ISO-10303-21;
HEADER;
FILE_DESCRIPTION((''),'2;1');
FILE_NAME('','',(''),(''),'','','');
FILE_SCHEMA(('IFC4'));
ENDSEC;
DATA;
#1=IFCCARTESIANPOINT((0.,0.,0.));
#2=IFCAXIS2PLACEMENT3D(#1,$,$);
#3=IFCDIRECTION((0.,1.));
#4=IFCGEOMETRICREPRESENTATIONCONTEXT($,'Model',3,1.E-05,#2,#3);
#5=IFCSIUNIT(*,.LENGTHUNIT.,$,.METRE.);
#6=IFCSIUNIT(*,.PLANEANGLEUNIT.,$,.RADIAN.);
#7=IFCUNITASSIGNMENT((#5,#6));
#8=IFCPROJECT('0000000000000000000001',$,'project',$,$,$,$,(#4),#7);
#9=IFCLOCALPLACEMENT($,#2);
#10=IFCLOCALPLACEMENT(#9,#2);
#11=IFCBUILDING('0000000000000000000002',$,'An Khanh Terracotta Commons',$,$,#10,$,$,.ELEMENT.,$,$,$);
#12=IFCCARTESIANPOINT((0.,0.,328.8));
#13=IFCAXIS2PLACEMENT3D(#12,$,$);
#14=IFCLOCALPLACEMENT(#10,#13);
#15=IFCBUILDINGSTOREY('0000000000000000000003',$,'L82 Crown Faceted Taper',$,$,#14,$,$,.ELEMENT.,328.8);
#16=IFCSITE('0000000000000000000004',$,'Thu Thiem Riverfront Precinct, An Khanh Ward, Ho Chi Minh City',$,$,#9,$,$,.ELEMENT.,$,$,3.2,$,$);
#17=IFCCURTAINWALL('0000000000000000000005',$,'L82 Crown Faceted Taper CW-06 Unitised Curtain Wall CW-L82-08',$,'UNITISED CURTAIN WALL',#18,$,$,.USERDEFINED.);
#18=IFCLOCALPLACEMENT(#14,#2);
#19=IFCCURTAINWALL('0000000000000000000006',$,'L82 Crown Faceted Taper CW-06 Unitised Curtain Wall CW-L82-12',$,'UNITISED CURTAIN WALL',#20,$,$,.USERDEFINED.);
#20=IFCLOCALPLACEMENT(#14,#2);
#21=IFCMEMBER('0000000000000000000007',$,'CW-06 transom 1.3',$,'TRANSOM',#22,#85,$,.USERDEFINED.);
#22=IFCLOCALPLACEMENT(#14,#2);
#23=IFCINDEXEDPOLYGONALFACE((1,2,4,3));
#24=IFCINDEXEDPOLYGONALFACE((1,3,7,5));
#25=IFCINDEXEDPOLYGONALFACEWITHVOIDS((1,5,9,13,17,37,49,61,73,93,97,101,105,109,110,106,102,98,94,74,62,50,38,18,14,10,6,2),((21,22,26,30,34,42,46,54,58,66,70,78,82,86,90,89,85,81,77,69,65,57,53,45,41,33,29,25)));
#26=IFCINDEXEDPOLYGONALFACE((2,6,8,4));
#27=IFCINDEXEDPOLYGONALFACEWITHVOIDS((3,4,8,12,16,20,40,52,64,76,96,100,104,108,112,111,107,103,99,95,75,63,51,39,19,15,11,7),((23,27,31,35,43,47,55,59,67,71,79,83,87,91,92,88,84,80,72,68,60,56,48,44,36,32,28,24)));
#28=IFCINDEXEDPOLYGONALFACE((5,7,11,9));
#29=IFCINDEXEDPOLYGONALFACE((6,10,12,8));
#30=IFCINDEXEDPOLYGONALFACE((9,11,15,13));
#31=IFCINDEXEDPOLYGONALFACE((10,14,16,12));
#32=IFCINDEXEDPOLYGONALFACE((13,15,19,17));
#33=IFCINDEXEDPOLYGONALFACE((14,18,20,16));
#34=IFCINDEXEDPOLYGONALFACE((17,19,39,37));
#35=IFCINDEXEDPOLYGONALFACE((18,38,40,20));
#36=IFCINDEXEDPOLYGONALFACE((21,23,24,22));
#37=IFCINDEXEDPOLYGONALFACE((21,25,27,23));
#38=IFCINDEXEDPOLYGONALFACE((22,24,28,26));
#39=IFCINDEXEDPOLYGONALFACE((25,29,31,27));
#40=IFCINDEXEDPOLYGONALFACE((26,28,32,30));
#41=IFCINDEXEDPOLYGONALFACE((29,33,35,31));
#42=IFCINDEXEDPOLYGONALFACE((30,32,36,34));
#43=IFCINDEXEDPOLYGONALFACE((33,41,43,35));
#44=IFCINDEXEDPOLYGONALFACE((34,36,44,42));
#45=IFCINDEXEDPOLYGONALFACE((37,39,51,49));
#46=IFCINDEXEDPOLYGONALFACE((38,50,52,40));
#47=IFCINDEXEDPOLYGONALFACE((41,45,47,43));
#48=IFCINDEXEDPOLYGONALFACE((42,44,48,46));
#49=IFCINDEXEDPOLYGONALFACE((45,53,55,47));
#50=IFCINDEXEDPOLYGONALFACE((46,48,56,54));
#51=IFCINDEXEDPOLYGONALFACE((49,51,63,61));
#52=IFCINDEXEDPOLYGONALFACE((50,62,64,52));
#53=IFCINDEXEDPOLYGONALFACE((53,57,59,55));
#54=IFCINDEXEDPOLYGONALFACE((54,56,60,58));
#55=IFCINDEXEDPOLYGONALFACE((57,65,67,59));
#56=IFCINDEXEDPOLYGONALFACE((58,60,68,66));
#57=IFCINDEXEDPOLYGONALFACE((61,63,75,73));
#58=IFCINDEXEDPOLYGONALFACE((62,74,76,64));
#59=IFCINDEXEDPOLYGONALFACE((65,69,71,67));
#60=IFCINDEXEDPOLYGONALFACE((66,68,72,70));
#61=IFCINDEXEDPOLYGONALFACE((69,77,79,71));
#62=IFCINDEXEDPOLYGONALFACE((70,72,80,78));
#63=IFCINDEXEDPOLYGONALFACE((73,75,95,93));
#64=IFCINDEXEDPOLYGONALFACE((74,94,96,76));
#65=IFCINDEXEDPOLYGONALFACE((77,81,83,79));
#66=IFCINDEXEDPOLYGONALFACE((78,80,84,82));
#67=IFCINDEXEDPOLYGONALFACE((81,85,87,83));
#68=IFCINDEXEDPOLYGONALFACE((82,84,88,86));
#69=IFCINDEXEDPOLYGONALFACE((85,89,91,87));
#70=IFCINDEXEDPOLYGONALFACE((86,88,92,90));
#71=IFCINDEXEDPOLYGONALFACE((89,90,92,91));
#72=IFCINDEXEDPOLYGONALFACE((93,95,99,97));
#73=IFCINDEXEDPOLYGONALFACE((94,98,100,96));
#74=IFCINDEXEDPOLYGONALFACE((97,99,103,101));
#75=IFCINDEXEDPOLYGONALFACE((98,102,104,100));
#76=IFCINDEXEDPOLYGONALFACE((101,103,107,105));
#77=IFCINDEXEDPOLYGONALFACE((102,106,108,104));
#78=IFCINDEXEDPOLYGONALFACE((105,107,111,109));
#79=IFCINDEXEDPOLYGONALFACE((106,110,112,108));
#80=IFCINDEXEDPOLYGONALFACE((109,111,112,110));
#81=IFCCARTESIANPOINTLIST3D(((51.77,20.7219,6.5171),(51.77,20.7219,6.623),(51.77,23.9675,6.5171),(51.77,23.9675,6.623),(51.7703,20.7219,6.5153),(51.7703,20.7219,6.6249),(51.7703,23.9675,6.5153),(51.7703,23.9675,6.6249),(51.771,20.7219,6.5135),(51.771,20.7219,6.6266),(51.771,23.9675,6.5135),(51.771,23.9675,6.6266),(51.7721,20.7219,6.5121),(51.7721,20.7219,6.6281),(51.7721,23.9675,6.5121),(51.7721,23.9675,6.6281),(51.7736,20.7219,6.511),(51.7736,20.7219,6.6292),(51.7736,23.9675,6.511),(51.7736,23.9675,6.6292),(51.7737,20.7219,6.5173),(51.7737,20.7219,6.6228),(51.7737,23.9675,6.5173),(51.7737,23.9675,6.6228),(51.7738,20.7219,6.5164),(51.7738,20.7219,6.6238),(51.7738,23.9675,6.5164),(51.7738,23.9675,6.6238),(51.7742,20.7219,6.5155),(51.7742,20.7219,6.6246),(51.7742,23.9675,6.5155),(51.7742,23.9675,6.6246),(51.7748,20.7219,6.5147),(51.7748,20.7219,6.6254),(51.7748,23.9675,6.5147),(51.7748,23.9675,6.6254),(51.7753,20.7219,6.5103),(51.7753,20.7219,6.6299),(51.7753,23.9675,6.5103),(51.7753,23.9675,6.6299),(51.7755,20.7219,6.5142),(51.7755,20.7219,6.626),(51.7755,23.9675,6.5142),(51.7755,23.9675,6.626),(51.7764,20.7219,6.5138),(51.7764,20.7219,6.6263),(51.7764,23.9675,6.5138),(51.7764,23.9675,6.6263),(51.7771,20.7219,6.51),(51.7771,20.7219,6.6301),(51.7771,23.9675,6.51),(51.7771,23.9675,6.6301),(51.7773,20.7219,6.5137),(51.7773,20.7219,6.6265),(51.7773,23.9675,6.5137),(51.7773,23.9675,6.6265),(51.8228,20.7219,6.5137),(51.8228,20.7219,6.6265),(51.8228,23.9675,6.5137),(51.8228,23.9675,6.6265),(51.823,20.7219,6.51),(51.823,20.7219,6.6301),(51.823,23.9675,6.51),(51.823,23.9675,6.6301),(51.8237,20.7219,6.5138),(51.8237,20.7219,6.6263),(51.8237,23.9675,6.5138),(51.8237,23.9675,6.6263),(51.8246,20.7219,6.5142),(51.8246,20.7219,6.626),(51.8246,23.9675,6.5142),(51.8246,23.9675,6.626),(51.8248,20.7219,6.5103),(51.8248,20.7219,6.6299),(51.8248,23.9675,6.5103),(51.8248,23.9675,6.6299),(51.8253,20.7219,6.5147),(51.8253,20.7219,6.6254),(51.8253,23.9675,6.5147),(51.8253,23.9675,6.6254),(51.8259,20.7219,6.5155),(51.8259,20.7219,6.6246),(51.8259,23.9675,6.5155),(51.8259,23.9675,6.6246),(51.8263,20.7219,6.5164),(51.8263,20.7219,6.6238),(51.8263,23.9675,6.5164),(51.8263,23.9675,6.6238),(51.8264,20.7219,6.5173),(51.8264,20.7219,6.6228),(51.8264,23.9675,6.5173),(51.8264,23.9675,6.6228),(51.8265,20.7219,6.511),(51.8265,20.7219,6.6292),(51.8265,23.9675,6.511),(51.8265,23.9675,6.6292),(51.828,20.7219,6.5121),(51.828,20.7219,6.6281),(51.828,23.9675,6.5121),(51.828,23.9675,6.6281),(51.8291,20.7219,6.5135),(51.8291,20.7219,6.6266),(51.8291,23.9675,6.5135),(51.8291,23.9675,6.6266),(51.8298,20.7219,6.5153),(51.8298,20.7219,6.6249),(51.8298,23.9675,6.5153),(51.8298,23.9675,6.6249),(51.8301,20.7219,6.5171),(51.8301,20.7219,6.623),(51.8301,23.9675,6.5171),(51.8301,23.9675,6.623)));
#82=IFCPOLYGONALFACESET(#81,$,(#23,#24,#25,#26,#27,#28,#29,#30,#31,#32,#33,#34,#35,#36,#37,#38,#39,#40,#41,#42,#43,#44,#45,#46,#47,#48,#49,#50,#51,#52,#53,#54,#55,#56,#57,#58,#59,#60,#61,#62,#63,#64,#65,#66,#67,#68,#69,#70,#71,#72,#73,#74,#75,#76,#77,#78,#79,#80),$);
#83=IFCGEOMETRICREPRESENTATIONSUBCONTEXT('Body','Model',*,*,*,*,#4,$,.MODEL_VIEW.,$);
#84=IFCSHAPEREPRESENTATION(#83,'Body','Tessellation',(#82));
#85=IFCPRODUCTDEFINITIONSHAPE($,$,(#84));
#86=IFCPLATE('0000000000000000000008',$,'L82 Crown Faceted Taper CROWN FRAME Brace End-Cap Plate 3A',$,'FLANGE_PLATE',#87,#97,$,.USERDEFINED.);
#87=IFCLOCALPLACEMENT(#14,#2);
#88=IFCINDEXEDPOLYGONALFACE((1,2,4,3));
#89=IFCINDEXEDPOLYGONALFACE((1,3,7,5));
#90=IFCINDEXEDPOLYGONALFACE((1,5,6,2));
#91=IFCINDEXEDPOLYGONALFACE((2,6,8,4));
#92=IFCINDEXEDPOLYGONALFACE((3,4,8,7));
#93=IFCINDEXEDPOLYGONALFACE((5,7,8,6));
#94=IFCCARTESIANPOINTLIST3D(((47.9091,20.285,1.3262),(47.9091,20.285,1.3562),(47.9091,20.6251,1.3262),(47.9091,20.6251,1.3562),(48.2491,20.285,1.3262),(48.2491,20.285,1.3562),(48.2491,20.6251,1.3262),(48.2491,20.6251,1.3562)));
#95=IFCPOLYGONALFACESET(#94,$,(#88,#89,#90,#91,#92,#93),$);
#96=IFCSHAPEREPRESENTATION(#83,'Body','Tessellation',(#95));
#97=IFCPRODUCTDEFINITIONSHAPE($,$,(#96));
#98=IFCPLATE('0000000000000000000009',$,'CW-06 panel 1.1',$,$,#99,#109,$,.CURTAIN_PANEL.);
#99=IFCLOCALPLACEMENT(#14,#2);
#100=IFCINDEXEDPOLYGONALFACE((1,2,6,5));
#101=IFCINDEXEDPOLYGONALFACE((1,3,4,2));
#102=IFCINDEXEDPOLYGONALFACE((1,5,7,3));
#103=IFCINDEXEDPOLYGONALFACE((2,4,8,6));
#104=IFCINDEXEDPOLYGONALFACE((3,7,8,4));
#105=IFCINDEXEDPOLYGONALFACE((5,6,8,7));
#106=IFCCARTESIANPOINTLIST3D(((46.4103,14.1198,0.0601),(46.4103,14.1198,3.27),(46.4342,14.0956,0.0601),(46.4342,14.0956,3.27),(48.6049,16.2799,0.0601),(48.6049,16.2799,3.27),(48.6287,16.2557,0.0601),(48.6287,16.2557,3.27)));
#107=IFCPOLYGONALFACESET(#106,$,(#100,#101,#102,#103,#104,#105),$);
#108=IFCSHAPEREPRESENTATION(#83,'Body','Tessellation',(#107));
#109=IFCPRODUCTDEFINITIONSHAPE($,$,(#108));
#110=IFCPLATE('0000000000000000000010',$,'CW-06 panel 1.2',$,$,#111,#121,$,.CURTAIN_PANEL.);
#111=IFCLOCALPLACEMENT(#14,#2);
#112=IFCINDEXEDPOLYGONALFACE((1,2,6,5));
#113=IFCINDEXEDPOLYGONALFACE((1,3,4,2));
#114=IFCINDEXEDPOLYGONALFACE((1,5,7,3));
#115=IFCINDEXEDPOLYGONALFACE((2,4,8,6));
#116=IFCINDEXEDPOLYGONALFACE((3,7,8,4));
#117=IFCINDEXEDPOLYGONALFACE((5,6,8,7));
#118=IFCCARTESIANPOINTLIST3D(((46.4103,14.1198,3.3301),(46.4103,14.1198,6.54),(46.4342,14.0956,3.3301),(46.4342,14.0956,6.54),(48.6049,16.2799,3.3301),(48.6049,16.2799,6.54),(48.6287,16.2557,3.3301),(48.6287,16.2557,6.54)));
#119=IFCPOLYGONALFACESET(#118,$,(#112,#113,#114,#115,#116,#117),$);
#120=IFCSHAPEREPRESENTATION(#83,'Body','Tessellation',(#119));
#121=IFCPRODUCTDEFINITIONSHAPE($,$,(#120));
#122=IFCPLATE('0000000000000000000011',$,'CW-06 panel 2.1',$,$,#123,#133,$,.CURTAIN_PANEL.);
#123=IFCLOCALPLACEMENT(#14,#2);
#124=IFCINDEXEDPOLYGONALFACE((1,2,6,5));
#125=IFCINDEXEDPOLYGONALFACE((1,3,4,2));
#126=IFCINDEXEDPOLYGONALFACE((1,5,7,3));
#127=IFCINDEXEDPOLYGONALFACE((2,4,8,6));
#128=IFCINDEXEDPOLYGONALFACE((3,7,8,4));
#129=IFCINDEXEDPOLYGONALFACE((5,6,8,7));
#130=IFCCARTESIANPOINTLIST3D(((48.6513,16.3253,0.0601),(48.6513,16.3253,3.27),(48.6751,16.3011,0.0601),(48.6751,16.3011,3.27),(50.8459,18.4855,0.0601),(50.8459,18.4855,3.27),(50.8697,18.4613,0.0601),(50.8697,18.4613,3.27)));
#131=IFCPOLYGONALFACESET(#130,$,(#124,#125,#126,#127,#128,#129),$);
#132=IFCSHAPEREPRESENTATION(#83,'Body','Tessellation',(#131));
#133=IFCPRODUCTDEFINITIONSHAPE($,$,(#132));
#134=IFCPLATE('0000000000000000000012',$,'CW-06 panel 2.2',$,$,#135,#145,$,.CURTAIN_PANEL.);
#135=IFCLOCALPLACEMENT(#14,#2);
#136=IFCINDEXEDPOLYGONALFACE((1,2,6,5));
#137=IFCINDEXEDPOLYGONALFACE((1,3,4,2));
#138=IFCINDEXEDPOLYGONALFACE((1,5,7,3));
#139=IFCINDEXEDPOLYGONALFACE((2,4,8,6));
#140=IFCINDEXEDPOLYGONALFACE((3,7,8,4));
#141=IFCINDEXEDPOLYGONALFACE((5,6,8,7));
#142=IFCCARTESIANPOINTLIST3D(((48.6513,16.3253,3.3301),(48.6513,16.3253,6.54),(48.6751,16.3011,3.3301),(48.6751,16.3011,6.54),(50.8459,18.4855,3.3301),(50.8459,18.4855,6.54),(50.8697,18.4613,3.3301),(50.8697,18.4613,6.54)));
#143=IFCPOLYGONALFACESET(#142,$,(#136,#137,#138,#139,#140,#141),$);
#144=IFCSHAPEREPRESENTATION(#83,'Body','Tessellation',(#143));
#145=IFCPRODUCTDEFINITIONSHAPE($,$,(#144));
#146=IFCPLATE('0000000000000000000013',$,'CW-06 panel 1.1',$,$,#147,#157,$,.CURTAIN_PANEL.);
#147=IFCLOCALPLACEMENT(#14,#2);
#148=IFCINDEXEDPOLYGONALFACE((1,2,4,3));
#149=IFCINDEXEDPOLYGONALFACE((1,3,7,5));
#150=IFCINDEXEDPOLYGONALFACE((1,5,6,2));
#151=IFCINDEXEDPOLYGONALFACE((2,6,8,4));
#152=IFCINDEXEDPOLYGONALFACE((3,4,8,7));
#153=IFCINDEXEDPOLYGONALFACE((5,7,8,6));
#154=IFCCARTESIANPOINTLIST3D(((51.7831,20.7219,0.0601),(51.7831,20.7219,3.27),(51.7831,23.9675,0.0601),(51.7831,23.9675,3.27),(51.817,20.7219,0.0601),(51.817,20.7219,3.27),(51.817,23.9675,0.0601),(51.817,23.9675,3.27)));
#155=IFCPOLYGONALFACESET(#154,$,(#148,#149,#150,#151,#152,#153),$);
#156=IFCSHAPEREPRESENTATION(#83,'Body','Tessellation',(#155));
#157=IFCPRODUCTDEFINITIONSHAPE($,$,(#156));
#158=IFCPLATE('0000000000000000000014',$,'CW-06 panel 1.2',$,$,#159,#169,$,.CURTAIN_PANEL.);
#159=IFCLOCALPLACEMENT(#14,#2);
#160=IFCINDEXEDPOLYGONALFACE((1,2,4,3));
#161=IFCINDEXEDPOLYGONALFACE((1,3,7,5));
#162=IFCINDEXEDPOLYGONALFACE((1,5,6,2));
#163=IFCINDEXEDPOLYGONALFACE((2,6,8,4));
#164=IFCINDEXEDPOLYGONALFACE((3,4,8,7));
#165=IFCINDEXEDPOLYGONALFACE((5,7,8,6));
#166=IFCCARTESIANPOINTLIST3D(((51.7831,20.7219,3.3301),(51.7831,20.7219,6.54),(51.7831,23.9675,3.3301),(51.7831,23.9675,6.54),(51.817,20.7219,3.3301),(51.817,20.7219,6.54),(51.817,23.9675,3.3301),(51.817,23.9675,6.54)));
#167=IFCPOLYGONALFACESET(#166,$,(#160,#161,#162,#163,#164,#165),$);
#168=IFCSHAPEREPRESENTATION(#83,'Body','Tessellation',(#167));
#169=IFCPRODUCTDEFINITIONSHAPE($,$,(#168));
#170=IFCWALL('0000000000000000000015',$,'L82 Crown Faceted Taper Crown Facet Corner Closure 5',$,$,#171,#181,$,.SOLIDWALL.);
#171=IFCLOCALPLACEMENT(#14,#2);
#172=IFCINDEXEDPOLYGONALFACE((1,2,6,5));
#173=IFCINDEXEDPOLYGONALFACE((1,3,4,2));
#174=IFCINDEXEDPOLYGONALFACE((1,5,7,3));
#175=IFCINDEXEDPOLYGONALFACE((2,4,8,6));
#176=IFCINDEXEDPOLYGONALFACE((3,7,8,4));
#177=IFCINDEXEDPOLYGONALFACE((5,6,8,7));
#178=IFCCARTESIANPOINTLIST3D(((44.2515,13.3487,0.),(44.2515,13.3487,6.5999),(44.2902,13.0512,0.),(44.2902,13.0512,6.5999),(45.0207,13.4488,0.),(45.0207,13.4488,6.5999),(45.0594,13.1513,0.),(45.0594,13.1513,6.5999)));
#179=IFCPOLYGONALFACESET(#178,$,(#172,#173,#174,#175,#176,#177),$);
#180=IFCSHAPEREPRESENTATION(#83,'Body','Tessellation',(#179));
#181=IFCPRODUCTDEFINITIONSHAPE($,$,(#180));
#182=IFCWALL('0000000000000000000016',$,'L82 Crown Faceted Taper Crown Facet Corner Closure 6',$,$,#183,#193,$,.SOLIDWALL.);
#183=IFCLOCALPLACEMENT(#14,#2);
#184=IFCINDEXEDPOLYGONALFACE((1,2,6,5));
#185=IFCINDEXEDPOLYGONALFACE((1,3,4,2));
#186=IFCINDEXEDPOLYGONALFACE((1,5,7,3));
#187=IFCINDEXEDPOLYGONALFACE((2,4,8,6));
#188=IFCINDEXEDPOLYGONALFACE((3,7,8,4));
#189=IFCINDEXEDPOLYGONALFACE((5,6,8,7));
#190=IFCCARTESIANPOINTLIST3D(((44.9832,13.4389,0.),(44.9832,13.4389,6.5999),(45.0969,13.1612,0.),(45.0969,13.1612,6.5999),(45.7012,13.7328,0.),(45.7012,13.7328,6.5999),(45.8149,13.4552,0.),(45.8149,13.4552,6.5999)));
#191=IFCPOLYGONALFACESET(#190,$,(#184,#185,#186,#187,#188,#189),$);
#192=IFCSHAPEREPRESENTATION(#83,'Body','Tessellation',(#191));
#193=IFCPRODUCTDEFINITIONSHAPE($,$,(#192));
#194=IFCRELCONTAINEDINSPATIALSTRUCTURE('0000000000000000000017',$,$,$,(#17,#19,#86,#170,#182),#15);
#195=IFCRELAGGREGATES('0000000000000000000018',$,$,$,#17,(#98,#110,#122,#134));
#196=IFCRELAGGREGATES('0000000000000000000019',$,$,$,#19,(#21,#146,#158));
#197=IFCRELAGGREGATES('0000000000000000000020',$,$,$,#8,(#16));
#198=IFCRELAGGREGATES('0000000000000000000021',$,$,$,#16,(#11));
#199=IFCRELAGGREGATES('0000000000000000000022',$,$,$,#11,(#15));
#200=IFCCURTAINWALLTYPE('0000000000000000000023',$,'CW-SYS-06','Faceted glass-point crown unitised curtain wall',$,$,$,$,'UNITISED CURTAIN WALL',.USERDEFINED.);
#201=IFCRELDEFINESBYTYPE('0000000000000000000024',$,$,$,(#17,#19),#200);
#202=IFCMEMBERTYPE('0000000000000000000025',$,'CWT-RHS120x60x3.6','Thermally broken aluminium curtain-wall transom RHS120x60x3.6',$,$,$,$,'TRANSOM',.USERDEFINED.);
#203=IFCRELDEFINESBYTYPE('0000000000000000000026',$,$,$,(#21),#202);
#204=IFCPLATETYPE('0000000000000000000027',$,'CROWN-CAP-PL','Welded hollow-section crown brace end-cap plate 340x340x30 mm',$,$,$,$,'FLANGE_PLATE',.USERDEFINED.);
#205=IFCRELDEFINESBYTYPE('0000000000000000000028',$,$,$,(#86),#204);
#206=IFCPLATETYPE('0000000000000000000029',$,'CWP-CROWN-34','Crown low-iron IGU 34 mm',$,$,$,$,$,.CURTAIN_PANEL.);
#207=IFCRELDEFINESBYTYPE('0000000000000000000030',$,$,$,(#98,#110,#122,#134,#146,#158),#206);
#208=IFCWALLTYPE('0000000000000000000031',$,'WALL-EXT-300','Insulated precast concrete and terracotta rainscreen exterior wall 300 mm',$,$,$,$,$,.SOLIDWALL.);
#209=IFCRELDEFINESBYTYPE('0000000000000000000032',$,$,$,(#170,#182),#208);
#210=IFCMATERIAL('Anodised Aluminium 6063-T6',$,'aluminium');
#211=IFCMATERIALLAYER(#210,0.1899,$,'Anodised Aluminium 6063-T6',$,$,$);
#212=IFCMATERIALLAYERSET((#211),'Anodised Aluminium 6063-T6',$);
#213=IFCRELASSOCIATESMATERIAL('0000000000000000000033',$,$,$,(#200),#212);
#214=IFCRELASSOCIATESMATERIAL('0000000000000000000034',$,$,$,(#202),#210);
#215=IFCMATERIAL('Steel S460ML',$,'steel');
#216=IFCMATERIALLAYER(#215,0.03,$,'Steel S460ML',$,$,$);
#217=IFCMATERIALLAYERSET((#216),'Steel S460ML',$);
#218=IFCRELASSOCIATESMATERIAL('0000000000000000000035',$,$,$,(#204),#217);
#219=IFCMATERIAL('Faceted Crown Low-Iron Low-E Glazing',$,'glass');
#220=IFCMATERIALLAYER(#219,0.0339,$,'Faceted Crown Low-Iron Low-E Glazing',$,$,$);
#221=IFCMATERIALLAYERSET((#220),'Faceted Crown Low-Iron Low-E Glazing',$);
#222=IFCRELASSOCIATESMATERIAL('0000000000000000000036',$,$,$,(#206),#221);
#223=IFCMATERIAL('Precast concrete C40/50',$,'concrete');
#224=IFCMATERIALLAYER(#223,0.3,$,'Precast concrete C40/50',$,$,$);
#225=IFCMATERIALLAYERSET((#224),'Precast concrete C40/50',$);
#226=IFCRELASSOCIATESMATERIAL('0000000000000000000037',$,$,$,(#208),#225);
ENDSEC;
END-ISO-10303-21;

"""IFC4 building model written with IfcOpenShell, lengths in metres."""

from ifc_helpers import new_model, si_unit, direction, frame, frame_2d, origin, origin_2d, place, context, subcontext, project, spatial, rectangle, hollow_rectangle, extrude, material, layer, layer_set, material_profile, profile_set, type_object, element, aggregate, save


model = new_model("IFC4")

# Units and contexts
model_context = context("Model", 3, precision=1e-05, world=origin(), true_north=direction((0.0, 1.0)))
body_context = subcontext(model_context, "Body", "Model", "MODEL_VIEW")
ifc_project = project(units=[si_unit("LENGTHUNIT", "METRE"), si_unit("PLANEANGLEUNIT", "RADIAN")], contexts=[model_context])

# Site, building, storey
site_placement = place(None, origin())
site = spatial("IfcSite", under=ifc_project, at=site_placement, Name="Thu Thiem Riverfront Precinct, An Khanh Ward, Ho Chi Minh City", CompositionType="ELEMENT", RefElevation=3.2)
building_placement = place(site_placement, origin())
building = spatial("IfcBuilding", under=site, at=building_placement, Name="An Khanh Terracotta Commons", CompositionType="ELEMENT")
storey_placement = place(building_placement, frame((0.0, 0.0, 328.8)))
storey = spatial("IfcBuildingStorey", under=building, at=storey_placement, Name="L82 Crown Faceted Taper", CompositionType="ELEMENT", Elevation=328.8)

# Shared definitions
ifc_material_1 = material(Name="Steel S460ML", Category="steel")

# Shared definitions
ifc_material_2 = material(Name="Anodised Aluminium 6063-T6", Category="aluminium")
ifc_layer_1 = layer(ifc_material_2, 0.1899, Name="Anodised Aluminium 6063-T6")
ifc_layer_set_1 = layer_set([ifc_layer_1], Name="Anodised Aluminium 6063-T6")
curtain_wall_type = type_object("IfcCurtainWallType", Name="CW-SYS-06", Description="Faceted glass-point crown unitised curtain wall", ElementType="UNITISED CURTAIN WALL", PredefinedType="USERDEFINED", material=ifc_layer_set_1)

# Curtain wall
curtain_wall_1_placement = place(storey_placement, origin())
curtain_wall_1 = element("IfcCurtainWall", 1, at=curtain_wall_1_placement, inside=storey, type_object=curtain_wall_type, Name="L82 Crown Faceted Taper CW-06 Unitised Curtain Wall CW-L82-08", ObjectType="UNITISED CURTAIN WALL", PredefinedType="USERDEFINED")

# Curtain wall
curtain_wall_2_placement = place(storey_placement, origin())
curtain_wall_2 = element("IfcCurtainWall", 2, at=curtain_wall_2_placement, inside=storey, type_object=curtain_wall_type, Name="L82 Crown Faceted Taper CW-06 Unitised Curtain Wall CW-L82-12", ObjectType="UNITISED CURTAIN WALL", PredefinedType="USERDEFINED")

# Member
ifc_material_profile_1 = material_profile(ifc_material_2, hollow_rectangle(XDim=0.0601, YDim=0.1201, WallThickness=0.0037, InnerFilletRadius=0.0037, OuterFilletRadius=0.0071, at=origin_2d()), Name="RHS120x60x3.6")
ifc_profile_set_1 = profile_set([ifc_material_profile_1], Name="Anodised Aluminium 6063-T6")
member_type_1 = type_object("IfcMemberType", Name="CWT-RHS120x60x3.6", Description="Thermally broken aluminium curtain-wall transom RHS120x60x3.6", ElementType="TRANSOM", PredefinedType="USERDEFINED", material=ifc_profile_set_1)
member_1_placement = place(storey_placement, frame((51.8, 20.7219, 6.5701), z_axis=(0.0, 1.0, 0.0), x_axis=(-1.0, 0.0, 0.0)))
member_1 = element("IfcMember", 3, at=member_1_placement, type_object=member_type_1, Name="CW-06 transom 1.3", ObjectType="TRANSOM", PredefinedType="USERDEFINED", context=body_context, shape_type="SweptSolid", body=[
    extrude(hollow_rectangle(XDim=0.0601, YDim=0.1201, WallThickness=0.0037, InnerFilletRadius=0.0037, OuterFilletRadius=0.0071, at=origin_2d()), origin(), (0.0, 0.0, 1.0), 3.2456),
])

# Plates
ifc_layer_2 = layer(ifc_material_1, 0.03, Name="Steel S460ML")
ifc_layer_set_2 = layer_set([ifc_layer_2], Name="Steel S460ML")
plate_type_1 = type_object("IfcPlateType", Name="CROWN-CAP-PL", Description="Welded hollow-section crown brace end-cap plate 340x340x30 mm", ElementType="FLANGE_PLATE", PredefinedType="USERDEFINED", material=ifc_layer_set_2)
plate_1_placement = place(storey_placement, frame((48.0791, 20.4551, 1.3262), z_axis=(0.0, 0.0, 1.0), x_axis=(1.0, 0.0, 0.0)))
element("IfcPlate", 4, at=plate_1_placement, inside=storey, type_object=plate_type_1, Name="L82 Crown Faceted Taper CROWN FRAME Brace End-Cap Plate 3A", ObjectType="FLANGE_PLATE", PredefinedType="USERDEFINED", context=body_context, shape_type="SweptSolid", body=[
    extrude(rectangle(XDim=0.3401, YDim=0.3401, at=origin_2d()), origin(), (0.0, 0.0, 1.0), 0.03),
])
ifc_material_3 = material(Name="Faceted Crown Low-Iron Low-E Glazing", Category="glass")
ifc_layer_3 = layer(ifc_material_3, 0.0339, Name="Faceted Crown Low-Iron Low-E Glazing")
ifc_layer_set_3 = layer_set([ifc_layer_3], Name="Faceted Crown Low-Iron Low-E Glazing")
plate_type_2 = type_object("IfcPlateType", Name="CWP-CROWN-34", Description="Crown low-iron IGU 34 mm", PredefinedType="CURTAIN_PANEL", material=ifc_layer_set_3)
plate_2_placement = place(storey_placement, frame((47.5195, 15.1877, 0.0601), z_axis=(0.0, 0.0, 1.0), x_axis=(0.712672, 0.701497, 0.0)))
plate_2 = element("IfcPlate", 5, at=plate_2_placement, type_object=plate_type_2, Name="CW-06 panel 1.1", PredefinedType="CURTAIN_PANEL", context=body_context, shape_type="SweptSolid", body=[
    extrude(rectangle(XDim=3.0793, YDim=0.0339, at=origin_2d()), origin(), (0.0, 0.0, 1.0), 3.21),
])
plate_3_placement = place(storey_placement, frame((47.5195, 15.1877, 3.3301), z_axis=(0.0, 0.0, 1.0), x_axis=(0.712672, 0.701497, 0.0)))
plate_3 = element("IfcPlate", 6, at=plate_3_placement, type_object=plate_type_2, Name="CW-06 panel 1.2", PredefinedType="CURTAIN_PANEL", context=body_context, shape_type="SweptSolid", body=[
    extrude(rectangle(XDim=3.0793, YDim=0.0339, at=origin_2d()), origin(), (0.0, 0.0, 1.0), 3.21),
])
plate_4_placement = place(storey_placement, frame((49.7605, 17.3933, 0.0601), z_axis=(0.0, 0.0, 1.0), x_axis=(0.712672, 0.701497, 0.0)))
plate_4 = element("IfcPlate", 7, at=plate_4_placement, type_object=plate_type_2, Name="CW-06 panel 2.1", PredefinedType="CURTAIN_PANEL", context=body_context, shape_type="SweptSolid", body=[
    extrude(rectangle(XDim=3.0793, YDim=0.0339, at=origin_2d()), origin(), (0.0, 0.0, 1.0), 3.21),
])
plate_5_placement = place(storey_placement, frame((49.7605, 17.3933, 3.3301), z_axis=(0.0, 0.0, 1.0), x_axis=(0.712672, 0.701497, 0.0)))
plate_5 = element("IfcPlate", 8, at=plate_5_placement, type_object=plate_type_2, Name="CW-06 panel 2.2", PredefinedType="CURTAIN_PANEL", context=body_context, shape_type="SweptSolid", body=[
    extrude(rectangle(XDim=3.0793, YDim=0.0339, at=origin_2d()), origin(), (0.0, 0.0, 1.0), 3.21),
])
aggregate(curtain_wall_1, [plate_2, plate_3, plate_4, plate_5])
plate_6_placement = place(storey_placement, frame((51.8, 22.3447, 0.0601), z_axis=(0.0, 0.0, 1.0), x_axis=(0.0, 1.0, 0.0)))
plate_6 = element("IfcPlate", 9, at=plate_6_placement, type_object=plate_type_2, Name="CW-06 panel 1.1", PredefinedType="CURTAIN_PANEL", context=body_context, shape_type="SweptSolid", body=[
    extrude(rectangle(XDim=3.2456, YDim=0.0339, at=origin_2d()), origin(), (0.0, 0.0, 1.0), 3.21),
])
plate_7_placement = place(storey_placement, frame((51.8, 22.3447, 3.3301), z_axis=(0.0, 0.0, 1.0), x_axis=(0.0, 1.0, 0.0)))
plate_7 = element("IfcPlate", 10, at=plate_7_placement, type_object=plate_type_2, Name="CW-06 panel 1.2", PredefinedType="CURTAIN_PANEL", context=body_context, shape_type="SweptSolid", body=[
    extrude(rectangle(XDim=3.2456, YDim=0.0339, at=origin_2d()), origin(), (0.0, 0.0, 1.0), 3.21),
])
aggregate(curtain_wall_2, [member_1, plate_6, plate_7])

# Walls
ifc_material_4 = material(Name="Precast concrete C40/50", Category="concrete")
ifc_layer_4 = layer(ifc_material_4, 0.3, Name="Precast concrete C40/50")
ifc_layer_set_4 = layer_set([ifc_layer_4], Name="Precast concrete C40/50")
wall_type = type_object("IfcWallType", Name="WALL-EXT-300", Description="Insulated precast concrete and terracotta rainscreen exterior wall 300 mm", PredefinedType="SOLIDWALL", material=ifc_layer_set_4)
wall_1_placement = place(storey_placement, frame((44.271, 13.2, 0.0), z_axis=(0.0, 0.0, 1.0), x_axis=(0.991635, 0.12907, 0.0)))
element("IfcWall", 11, at=wall_1_placement, inside=storey, type_object=wall_type, Name="L82 Crown Faceted Taper Crown Facet Corner Closure 5", PredefinedType="SOLIDWALL", context=body_context, shape_type="SweptSolid", body=[
    extrude(rectangle(XDim=0.7756, YDim=0.3, at=frame_2d((0.3877, 0.0))), origin(), (0.0, 0.0, 1.0), 6.5999),
])
wall_2_placement = place(storey_placement, frame((45.04, 13.3, 0.0), z_axis=(0.0, 0.0, 1.0), x_axis=(0.925452, 0.378866, 0.0)))
element("IfcWall", 12, at=wall_2_placement, inside=storey, type_object=wall_type, Name="L82 Crown Faceted Taper Crown Facet Corner Closure 6", PredefinedType="SOLIDWALL", context=body_context, shape_type="SweptSolid", body=[
    extrude(rectangle(XDim=0.7759, YDim=0.3, at=frame_2d((0.3879, 0.0))), origin(), (0.0, 0.0, 1.0), 6.5999),
])

save(model, "model.ifc")
